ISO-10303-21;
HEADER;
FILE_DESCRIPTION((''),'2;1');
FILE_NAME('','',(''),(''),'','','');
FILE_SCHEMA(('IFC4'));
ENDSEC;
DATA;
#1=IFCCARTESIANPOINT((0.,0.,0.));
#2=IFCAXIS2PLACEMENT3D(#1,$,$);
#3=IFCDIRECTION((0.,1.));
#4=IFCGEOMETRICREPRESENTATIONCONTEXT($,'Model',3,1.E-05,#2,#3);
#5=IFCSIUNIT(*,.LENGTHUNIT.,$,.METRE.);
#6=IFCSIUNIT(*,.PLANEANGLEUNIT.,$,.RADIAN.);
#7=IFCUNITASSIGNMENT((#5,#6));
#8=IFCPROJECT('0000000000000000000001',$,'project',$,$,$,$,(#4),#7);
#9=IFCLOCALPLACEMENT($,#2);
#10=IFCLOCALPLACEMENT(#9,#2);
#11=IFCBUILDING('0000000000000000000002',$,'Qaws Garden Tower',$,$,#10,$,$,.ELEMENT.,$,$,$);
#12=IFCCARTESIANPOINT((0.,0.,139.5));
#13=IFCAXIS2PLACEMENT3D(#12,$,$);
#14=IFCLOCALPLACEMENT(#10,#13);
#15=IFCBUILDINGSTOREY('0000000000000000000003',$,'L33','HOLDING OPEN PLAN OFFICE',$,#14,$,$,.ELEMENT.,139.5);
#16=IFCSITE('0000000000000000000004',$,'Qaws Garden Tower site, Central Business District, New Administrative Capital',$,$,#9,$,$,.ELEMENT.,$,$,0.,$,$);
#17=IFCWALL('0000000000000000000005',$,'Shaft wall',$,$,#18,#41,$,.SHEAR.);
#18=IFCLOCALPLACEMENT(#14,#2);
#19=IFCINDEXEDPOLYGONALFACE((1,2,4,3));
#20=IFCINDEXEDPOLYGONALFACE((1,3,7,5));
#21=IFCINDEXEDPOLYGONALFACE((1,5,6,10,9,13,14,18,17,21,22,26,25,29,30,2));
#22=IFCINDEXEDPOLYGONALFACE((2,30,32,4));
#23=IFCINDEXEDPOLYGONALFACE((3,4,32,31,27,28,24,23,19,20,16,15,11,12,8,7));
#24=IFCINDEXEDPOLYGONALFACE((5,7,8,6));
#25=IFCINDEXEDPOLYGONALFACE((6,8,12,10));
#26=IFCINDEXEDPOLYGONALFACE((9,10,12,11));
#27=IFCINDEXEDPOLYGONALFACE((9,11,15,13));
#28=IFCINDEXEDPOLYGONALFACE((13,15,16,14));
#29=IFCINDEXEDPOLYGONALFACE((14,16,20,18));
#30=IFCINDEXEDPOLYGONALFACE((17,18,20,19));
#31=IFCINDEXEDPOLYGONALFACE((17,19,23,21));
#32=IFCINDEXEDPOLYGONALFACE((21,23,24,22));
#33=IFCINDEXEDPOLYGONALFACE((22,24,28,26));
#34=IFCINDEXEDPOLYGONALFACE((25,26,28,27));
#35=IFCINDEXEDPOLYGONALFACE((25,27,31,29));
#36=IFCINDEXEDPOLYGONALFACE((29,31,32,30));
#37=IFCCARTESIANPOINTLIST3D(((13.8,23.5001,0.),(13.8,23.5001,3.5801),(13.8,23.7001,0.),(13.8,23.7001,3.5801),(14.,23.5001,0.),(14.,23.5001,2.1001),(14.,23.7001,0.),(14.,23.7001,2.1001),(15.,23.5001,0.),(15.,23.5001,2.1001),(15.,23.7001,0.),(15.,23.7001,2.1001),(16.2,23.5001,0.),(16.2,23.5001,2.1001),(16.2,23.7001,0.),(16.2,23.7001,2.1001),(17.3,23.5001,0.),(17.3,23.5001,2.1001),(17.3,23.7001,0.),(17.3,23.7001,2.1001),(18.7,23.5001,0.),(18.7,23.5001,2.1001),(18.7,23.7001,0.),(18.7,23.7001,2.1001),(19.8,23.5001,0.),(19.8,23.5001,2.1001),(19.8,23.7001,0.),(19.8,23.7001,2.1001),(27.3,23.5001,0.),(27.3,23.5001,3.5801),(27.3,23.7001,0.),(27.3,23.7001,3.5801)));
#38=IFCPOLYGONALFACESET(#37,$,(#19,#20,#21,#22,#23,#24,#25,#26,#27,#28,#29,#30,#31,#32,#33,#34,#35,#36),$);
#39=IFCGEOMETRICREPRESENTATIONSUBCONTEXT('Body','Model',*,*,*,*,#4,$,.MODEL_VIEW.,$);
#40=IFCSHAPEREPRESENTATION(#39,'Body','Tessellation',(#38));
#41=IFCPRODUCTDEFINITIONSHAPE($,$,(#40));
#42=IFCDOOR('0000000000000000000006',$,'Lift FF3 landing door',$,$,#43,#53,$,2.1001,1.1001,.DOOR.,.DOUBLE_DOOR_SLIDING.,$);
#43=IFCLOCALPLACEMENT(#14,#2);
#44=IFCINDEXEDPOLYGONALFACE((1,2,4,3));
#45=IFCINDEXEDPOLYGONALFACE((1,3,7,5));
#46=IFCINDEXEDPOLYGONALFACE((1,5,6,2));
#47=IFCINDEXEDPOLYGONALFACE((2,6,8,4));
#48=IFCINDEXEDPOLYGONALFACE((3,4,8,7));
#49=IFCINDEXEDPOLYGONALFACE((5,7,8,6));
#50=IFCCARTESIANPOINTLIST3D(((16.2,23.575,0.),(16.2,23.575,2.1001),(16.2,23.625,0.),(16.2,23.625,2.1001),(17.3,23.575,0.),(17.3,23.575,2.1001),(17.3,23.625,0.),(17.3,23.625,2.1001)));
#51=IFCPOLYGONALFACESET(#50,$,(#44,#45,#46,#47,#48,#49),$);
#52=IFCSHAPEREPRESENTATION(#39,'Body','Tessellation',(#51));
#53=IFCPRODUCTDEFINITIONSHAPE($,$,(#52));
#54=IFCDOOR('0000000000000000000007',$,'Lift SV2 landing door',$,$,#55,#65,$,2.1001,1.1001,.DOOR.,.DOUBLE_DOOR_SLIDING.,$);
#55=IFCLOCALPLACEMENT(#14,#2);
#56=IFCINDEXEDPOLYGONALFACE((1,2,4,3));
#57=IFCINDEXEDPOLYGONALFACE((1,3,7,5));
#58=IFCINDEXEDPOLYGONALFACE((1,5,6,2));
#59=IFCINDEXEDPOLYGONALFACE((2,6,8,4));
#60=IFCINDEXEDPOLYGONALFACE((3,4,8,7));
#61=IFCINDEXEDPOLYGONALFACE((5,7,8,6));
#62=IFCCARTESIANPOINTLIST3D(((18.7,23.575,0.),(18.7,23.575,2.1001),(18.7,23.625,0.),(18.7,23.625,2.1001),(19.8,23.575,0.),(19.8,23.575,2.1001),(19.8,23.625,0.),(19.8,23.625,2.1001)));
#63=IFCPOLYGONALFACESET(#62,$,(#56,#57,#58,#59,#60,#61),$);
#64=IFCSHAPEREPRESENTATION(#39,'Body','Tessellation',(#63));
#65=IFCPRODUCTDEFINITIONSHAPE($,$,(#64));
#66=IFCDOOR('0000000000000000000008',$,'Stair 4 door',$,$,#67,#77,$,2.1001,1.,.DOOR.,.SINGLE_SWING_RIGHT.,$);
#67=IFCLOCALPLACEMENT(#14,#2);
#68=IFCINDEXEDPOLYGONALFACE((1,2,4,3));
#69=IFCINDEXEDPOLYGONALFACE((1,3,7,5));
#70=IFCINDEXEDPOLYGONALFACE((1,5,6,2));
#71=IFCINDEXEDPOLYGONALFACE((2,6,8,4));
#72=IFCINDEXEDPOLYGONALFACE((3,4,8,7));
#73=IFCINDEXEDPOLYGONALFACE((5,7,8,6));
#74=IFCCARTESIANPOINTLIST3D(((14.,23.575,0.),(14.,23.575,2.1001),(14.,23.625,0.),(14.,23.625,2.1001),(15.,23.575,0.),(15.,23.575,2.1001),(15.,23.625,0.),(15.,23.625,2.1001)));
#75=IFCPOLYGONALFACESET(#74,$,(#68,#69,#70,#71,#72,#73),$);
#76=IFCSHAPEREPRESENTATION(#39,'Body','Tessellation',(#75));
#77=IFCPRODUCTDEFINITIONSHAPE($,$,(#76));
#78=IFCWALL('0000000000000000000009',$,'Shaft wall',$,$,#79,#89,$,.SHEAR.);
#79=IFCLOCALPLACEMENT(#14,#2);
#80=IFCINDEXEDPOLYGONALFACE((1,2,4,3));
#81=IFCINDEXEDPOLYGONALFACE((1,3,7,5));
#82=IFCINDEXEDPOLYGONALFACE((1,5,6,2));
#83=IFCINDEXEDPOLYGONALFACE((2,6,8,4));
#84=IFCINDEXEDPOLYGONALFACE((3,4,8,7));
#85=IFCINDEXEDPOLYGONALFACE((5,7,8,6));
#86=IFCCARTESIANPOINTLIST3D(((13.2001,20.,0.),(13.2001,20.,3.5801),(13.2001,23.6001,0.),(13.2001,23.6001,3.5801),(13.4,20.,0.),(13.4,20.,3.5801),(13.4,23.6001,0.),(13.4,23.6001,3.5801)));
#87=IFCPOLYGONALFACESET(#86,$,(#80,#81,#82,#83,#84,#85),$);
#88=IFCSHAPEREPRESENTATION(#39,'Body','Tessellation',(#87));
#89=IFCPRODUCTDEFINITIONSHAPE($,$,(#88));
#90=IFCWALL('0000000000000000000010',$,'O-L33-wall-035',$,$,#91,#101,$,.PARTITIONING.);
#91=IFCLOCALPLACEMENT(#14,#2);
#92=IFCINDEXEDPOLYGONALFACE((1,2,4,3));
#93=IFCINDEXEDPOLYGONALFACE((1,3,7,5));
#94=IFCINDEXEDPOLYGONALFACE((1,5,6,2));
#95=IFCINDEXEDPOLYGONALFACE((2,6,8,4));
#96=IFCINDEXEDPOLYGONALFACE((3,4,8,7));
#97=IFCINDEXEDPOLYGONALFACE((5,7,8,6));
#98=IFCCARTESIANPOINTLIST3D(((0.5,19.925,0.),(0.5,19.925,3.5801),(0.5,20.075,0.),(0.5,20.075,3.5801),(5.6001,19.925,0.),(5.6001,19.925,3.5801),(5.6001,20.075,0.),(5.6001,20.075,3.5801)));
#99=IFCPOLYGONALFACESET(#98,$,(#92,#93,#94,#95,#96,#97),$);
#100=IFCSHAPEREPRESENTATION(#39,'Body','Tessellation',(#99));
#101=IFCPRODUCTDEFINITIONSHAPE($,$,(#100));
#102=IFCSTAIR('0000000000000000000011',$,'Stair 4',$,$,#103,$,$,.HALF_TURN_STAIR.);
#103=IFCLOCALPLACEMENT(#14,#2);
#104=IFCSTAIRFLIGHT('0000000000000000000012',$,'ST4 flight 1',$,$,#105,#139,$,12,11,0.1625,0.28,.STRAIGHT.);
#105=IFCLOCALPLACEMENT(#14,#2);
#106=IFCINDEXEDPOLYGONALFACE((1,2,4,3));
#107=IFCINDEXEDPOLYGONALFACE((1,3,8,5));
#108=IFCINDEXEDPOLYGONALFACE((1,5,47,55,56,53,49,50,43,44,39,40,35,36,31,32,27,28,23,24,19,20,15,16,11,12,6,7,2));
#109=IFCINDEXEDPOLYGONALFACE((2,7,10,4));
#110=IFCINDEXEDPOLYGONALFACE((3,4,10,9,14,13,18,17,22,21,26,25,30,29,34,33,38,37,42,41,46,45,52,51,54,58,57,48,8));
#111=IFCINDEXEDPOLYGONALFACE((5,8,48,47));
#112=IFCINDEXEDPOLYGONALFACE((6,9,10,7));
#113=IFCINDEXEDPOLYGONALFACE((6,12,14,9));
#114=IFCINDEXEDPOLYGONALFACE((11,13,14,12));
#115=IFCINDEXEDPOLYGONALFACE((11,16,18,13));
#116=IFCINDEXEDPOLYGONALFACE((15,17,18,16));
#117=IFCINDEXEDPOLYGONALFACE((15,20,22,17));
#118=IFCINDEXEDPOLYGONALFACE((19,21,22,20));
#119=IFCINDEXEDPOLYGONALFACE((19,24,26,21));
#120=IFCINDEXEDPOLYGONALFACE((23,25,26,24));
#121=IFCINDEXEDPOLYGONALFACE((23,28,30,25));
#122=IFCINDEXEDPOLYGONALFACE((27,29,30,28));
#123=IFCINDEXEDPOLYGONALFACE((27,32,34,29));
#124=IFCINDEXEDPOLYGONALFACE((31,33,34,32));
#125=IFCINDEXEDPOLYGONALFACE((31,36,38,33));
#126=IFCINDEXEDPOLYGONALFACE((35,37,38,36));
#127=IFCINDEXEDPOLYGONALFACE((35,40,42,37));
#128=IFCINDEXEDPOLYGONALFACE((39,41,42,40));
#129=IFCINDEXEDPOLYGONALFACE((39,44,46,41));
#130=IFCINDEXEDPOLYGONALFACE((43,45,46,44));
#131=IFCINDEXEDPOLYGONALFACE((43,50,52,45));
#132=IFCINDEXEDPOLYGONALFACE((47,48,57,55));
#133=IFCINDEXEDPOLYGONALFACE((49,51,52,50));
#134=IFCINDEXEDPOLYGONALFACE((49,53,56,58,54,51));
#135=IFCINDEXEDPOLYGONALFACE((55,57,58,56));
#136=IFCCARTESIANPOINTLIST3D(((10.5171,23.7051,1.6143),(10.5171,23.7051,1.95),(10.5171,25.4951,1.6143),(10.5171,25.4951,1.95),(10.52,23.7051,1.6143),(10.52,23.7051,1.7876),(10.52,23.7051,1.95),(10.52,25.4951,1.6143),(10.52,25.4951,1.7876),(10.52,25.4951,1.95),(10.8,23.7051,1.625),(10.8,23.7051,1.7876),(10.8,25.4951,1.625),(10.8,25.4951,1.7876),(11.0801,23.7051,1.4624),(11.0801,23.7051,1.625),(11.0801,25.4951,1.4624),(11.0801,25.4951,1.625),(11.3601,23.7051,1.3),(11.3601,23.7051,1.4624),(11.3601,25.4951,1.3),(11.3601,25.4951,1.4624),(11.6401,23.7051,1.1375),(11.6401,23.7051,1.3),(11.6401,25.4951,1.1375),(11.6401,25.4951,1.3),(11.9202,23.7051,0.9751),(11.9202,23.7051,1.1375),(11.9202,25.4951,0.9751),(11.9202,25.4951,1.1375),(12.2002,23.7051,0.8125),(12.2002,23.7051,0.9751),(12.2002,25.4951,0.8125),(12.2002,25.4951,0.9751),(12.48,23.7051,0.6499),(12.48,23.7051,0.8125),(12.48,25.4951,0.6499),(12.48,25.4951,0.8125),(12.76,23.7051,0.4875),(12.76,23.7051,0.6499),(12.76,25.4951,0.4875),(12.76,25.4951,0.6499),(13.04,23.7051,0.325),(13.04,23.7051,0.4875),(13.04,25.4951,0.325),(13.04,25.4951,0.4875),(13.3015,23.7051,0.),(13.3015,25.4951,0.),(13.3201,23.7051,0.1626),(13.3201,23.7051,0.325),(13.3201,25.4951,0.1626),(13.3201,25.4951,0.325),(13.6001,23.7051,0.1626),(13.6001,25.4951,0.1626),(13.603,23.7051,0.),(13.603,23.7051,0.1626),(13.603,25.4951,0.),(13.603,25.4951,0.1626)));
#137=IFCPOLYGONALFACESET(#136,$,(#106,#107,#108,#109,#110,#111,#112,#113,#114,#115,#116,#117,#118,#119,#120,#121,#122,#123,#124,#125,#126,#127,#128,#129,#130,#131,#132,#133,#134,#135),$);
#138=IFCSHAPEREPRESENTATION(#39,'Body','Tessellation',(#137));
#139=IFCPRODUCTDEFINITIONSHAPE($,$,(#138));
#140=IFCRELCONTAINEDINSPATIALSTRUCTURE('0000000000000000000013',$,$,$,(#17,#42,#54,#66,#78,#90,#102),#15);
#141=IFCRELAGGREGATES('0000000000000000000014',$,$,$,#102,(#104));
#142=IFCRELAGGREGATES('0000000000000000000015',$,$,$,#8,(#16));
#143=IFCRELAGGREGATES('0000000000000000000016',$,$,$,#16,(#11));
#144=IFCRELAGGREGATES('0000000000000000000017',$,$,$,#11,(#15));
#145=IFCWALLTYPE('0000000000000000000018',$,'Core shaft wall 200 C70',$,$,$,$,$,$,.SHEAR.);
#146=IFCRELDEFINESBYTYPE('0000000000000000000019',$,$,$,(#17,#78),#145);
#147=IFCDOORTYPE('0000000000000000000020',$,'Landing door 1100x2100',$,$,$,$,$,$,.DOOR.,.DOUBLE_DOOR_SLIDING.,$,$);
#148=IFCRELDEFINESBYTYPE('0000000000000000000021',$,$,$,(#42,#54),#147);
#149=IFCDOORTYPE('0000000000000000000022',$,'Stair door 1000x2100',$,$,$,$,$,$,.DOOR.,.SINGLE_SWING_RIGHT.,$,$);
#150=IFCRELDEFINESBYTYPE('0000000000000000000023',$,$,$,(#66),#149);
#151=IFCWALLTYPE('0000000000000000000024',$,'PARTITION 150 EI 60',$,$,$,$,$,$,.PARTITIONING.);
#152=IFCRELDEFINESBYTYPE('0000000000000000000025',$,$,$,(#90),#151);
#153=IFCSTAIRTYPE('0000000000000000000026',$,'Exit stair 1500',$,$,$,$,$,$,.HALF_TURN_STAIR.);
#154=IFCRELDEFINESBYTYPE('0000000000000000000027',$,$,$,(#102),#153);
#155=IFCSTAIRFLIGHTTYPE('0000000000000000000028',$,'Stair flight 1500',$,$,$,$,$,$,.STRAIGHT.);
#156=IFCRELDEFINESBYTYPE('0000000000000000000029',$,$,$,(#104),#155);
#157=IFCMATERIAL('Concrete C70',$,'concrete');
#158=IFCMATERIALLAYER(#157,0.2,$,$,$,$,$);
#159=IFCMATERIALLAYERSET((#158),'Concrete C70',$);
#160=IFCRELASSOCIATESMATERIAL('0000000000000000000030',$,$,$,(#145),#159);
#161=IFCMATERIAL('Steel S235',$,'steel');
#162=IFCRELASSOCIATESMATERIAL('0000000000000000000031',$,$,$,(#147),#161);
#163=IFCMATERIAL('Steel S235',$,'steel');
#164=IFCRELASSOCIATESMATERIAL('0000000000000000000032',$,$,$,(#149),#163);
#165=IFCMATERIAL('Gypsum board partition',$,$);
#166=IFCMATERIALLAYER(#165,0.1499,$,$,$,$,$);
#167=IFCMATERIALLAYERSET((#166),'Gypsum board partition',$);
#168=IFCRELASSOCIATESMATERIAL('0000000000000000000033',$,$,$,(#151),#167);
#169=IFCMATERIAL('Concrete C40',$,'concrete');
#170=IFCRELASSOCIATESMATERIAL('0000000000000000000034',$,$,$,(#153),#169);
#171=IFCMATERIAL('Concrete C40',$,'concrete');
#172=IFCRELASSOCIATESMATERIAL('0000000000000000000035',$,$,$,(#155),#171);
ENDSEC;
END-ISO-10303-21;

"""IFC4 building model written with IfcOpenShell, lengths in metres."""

from ifc_helpers import new_model, si_unit, direction, frame, frame_2d, origin, place, context, subcontext, project, spatial, polyline, rectangle, outline, extrude, material, layer, layer_set, type_object, element, fill, aggregate, save


model = new_model("IFC4")

# Units and contexts
model_context = context("Model", 3, precision=1e-05, world=origin(), true_north=direction((0.0, 1.0)))
body_context = subcontext(model_context, "Body", "Model", "MODEL_VIEW")
ifc_project = project(units=[si_unit("LENGTHUNIT", "METRE"), si_unit("PLANEANGLEUNIT", "RADIAN")], contexts=[model_context])

# Site, building, storey
site_placement = place(None, origin())
site = spatial("IfcSite", under=ifc_project, at=site_placement, Name="Qaws Garden Tower site, Central Business District, New Administrative Capital", CompositionType="ELEMENT", RefElevation=0.0)
building_placement = place(site_placement, origin())
building = spatial("IfcBuilding", under=site, at=building_placement, Name="Qaws Garden Tower", CompositionType="ELEMENT")
storey_placement = place(building_placement, frame((0.0, 0.0, 139.5)))
storey = spatial("IfcBuildingStorey", under=building, at=storey_placement, Name="L33", Description="HOLDING OPEN PLAN OFFICE", CompositionType="ELEMENT", Elevation=139.5)

# Shared definitions
ifc_material_1 = material(Name="Concrete C70", Category="concrete")
ifc_layer_1 = layer(ifc_material_1, 0.2)
ifc_layer_set_1 = layer_set([ifc_layer_1], Name="Concrete C70")
wall_type_1 = type_object("IfcWallType", Name="Core shaft wall 200 C70", PredefinedType="SHEAR", material=ifc_layer_set_1)

# Wall, openings, doors
wall_1_placement = place(storey_placement, frame((13.8, 23.6001, 0.0), z_axis=(0.0, 0.0, 1.0), x_axis=(1.0, 0.0, 0.0)))
wall_1 = element("IfcWall", 1, at=wall_1_placement, inside=storey, type_object=wall_type_1, Name="Shaft wall", PredefinedType="SHEAR", context=body_context, shape_type="SweptSolid", body=[
    extrude(rectangle(XDim=13.5, YDim=0.2, at=frame_2d((6.75, 0.0))), origin(), (0.0, 0.0, 1.0), 3.5801),
])
opening_1_placement = place(wall_1_placement, frame((2.3999, 0.0, 0.0)))
opening_1 = element("IfcOpeningElement", 2, at=opening_1_placement, cuts=wall_1, PredefinedType="OPENING", context=body_context, shape_type="SweptSolid", body=[
    extrude(rectangle(XDim=1.1001, YDim=2.1001, at=frame_2d((0.55, 1.05))), frame((0.0, 0.1099, 0.0), z_axis=(0.0, -1.0, 0.0), x_axis=(1.0, 0.0, 0.0)), (0.0, 0.0, 1.0), 0.22),
])
opening_2_placement = place(wall_1_placement, frame((4.8999, 0.0, 0.0)))
opening_2 = element("IfcOpeningElement", 3, at=opening_2_placement, cuts=wall_1, PredefinedType="OPENING", context=body_context, shape_type="SweptSolid", body=[
    extrude(rectangle(XDim=1.1001, YDim=2.1001, at=frame_2d((0.55, 1.05))), frame((0.0, 0.1099, 0.0), z_axis=(0.0, -1.0, 0.0), x_axis=(1.0, 0.0, 0.0)), (0.0, 0.0, 1.0), 0.22),
])
opening_3_placement = place(wall_1_placement, frame((0.2, 0.0, 0.0)))
opening_3 = element("IfcOpeningElement", 4, at=opening_3_placement, cuts=wall_1, PredefinedType="OPENING", context=body_context, shape_type="SweptSolid", body=[
    extrude(rectangle(XDim=1.0, YDim=2.1001, at=frame_2d((0.5, 1.05))), frame((0.0, 0.1099, 0.0), z_axis=(0.0, -1.0, 0.0), x_axis=(1.0, 0.0, 0.0)), (0.0, 0.0, 1.0), 0.22),
])
ifc_material_2 = material(Name="Steel S235", Category="steel")
door_type_1 = type_object("IfcDoorType", Name="Landing door 1100x2100", OperationType="DOUBLE_DOOR_SLIDING", PredefinedType="DOOR", material=ifc_material_2)
door_1_placement = place(opening_1_placement, origin())
door_1 = element("IfcDoor", 5, at=door_1_placement, inside=storey, type_object=door_type_1, Name="Lift FF3 landing door", OperationType="DOUBLE_DOOR_SLIDING", OverallHeight=2.1001, OverallWidth=1.1001, PredefinedType="DOOR", context=body_context, shape_type="SweptSolid", body=[
    extrude(rectangle(XDim=1.1001, YDim=2.1001, at=frame_2d((0.55, 1.05))), frame((0.0, 0.0249, 0.0), z_axis=(0.0, -1.0, 0.0), x_axis=(1.0, 0.0, 0.0)), (0.0, 0.0, 1.0), 0.05),
])
fill(opening_1, door_1)
door_2_placement = place(opening_2_placement, origin())
door_2 = element("IfcDoor", 6, at=door_2_placement, inside=storey, type_object=door_type_1, Name="Lift SV2 landing door", OperationType="DOUBLE_DOOR_SLIDING", OverallHeight=2.1001, OverallWidth=1.1001, PredefinedType="DOOR", context=body_context, shape_type="SweptSolid", body=[
    extrude(rectangle(XDim=1.1001, YDim=2.1001, at=frame_2d((0.55, 1.05))), frame((0.0, 0.0249, 0.0), z_axis=(0.0, -1.0, 0.0), x_axis=(1.0, 0.0, 0.0)), (0.0, 0.0, 1.0), 0.05),
])
fill(opening_2, door_2)
ifc_material_3 = material(Name="Steel S235", Category="steel")
door_type_2 = type_object("IfcDoorType", Name="Stair door 1000x2100", OperationType="SINGLE_SWING_RIGHT", PredefinedType="DOOR", material=ifc_material_3)
door_3_placement = place(opening_3_placement, origin())
door_3 = element("IfcDoor", 7, at=door_3_placement, inside=storey, type_object=door_type_2, Name="Stair 4 door", OperationType="SINGLE_SWING_RIGHT", OverallHeight=2.1001, OverallWidth=1.0, PredefinedType="DOOR", context=body_context, shape_type="SweptSolid", body=[
    extrude(rectangle(XDim=1.0, YDim=2.1001, at=frame_2d((0.5, 1.05))), frame((0.0, 0.0249, 0.0), z_axis=(0.0, -1.0, 0.0), x_axis=(1.0, 0.0, 0.0)), (0.0, 0.0, 1.0), 0.05),
])
fill(opening_3, door_3)

# Walls
wall_2_placement = place(storey_placement, frame((13.3, 20.0, 0.0), z_axis=(0.0, 0.0, 1.0), x_axis=(0.0, 1.0, 0.0)))
element("IfcWall", 8, at=wall_2_placement, inside=storey, type_object=wall_type_1, Name="Shaft wall", PredefinedType="SHEAR", context=body_context, shape_type="SweptSolid", body=[
    extrude(rectangle(XDim=3.6001, YDim=0.2, at=frame_2d((1.8, 0.0))), origin(), (0.0, 0.0, 1.0), 3.5801),
])
ifc_material_4 = material(Name="Gypsum board partition")
ifc_layer_2 = layer(ifc_material_4, 0.1499)
ifc_layer_set_2 = layer_set([ifc_layer_2], Name="Gypsum board partition")
wall_type_2 = type_object("IfcWallType", Name="PARTITION 150 EI 60", PredefinedType="PARTITIONING", material=ifc_layer_set_2)
wall_3_placement = place(storey_placement, frame((0.5, 20.0, 0.0), z_axis=(0.0, 0.0, 1.0), x_axis=(1.0, 0.0, 0.0)))
element("IfcWall", 9, at=wall_3_placement, inside=storey, type_object=wall_type_2, Name="O-L33-wall-035", PredefinedType="PARTITIONING", context=body_context, shape_type="SweptSolid", body=[
    extrude(rectangle(XDim=5.1001, YDim=0.1499, at=frame_2d((2.55, 0.0))), origin(), (0.0, 0.0, 1.0), 3.5801),
])

# Stair, stair flight
ifc_material_5 = material(Name="Concrete C40", Category="concrete")
stair_type = type_object("IfcStairType", Name="Exit stair 1500", PredefinedType="HALF_TURN_STAIR", material=ifc_material_5)
stair_placement = place(storey_placement, origin())
stair = element("IfcStair", 10, at=stair_placement, inside=storey, type_object=stair_type, Name="Stair 4", PredefinedType="HALF_TURN_STAIR")
ifc_material_6 = material(Name="Concrete C40", Category="concrete")
stair_flight_type = type_object("IfcStairFlightType", Name="Stair flight 1500", PredefinedType="STRAIGHT", material=ifc_material_6)
stair_flight_placement = place(storey_placement, frame((13.6001, 24.6001, 0.0), z_axis=(0.0, 0.0, 1.0), x_axis=(-1.0, 0.0, 0.0)))
stair_flight = element("IfcStairFlight", 11, at=stair_flight_placement, type_object=stair_flight_type, Name="ST4 flight 1", NumberOfRisers=12, NumberOfTreads=11, PredefinedType="STRAIGHT", RiserHeight=0.1625, TreadLength=0.28, context=body_context, shape_type="SweptSolid", body=[
    extrude(outline(polyline([(-0.0029, 0.0), (-0.0029, 0.1626), (0.0, 0.1626), (0.28, 0.1626), (0.28, 0.325), (0.5601, 0.325), (0.5601, 0.4875), (0.8401, 0.4875), (0.8401, 0.6499), (1.1201, 0.6499), (1.1201, 0.8125), (1.3999, 0.8125), (1.3999, 0.9751), (1.6799, 0.9751), (1.6799, 1.1375), (1.96, 1.1375), (1.96, 1.3), (2.24, 1.3), (2.24, 1.4624), (2.52, 1.4624), (2.52, 1.625), (2.8, 1.625), (2.8, 1.7876), (3.0801, 1.7876), (3.0801, 1.95), (3.083, 1.95), (3.083, 1.6143), (3.0801, 1.6143), (0.2986, 0.0), (-0.0029, 0.0)])), frame((0.0, 0.895, 0.0), z_axis=(0.0, -1.0, 0.0), x_axis=(1.0, 0.0, 0.0)), (0.0, 0.0, 1.0), 1.79),
])
aggregate(stair, [stair_flight])

save(model, "model.ifc")
